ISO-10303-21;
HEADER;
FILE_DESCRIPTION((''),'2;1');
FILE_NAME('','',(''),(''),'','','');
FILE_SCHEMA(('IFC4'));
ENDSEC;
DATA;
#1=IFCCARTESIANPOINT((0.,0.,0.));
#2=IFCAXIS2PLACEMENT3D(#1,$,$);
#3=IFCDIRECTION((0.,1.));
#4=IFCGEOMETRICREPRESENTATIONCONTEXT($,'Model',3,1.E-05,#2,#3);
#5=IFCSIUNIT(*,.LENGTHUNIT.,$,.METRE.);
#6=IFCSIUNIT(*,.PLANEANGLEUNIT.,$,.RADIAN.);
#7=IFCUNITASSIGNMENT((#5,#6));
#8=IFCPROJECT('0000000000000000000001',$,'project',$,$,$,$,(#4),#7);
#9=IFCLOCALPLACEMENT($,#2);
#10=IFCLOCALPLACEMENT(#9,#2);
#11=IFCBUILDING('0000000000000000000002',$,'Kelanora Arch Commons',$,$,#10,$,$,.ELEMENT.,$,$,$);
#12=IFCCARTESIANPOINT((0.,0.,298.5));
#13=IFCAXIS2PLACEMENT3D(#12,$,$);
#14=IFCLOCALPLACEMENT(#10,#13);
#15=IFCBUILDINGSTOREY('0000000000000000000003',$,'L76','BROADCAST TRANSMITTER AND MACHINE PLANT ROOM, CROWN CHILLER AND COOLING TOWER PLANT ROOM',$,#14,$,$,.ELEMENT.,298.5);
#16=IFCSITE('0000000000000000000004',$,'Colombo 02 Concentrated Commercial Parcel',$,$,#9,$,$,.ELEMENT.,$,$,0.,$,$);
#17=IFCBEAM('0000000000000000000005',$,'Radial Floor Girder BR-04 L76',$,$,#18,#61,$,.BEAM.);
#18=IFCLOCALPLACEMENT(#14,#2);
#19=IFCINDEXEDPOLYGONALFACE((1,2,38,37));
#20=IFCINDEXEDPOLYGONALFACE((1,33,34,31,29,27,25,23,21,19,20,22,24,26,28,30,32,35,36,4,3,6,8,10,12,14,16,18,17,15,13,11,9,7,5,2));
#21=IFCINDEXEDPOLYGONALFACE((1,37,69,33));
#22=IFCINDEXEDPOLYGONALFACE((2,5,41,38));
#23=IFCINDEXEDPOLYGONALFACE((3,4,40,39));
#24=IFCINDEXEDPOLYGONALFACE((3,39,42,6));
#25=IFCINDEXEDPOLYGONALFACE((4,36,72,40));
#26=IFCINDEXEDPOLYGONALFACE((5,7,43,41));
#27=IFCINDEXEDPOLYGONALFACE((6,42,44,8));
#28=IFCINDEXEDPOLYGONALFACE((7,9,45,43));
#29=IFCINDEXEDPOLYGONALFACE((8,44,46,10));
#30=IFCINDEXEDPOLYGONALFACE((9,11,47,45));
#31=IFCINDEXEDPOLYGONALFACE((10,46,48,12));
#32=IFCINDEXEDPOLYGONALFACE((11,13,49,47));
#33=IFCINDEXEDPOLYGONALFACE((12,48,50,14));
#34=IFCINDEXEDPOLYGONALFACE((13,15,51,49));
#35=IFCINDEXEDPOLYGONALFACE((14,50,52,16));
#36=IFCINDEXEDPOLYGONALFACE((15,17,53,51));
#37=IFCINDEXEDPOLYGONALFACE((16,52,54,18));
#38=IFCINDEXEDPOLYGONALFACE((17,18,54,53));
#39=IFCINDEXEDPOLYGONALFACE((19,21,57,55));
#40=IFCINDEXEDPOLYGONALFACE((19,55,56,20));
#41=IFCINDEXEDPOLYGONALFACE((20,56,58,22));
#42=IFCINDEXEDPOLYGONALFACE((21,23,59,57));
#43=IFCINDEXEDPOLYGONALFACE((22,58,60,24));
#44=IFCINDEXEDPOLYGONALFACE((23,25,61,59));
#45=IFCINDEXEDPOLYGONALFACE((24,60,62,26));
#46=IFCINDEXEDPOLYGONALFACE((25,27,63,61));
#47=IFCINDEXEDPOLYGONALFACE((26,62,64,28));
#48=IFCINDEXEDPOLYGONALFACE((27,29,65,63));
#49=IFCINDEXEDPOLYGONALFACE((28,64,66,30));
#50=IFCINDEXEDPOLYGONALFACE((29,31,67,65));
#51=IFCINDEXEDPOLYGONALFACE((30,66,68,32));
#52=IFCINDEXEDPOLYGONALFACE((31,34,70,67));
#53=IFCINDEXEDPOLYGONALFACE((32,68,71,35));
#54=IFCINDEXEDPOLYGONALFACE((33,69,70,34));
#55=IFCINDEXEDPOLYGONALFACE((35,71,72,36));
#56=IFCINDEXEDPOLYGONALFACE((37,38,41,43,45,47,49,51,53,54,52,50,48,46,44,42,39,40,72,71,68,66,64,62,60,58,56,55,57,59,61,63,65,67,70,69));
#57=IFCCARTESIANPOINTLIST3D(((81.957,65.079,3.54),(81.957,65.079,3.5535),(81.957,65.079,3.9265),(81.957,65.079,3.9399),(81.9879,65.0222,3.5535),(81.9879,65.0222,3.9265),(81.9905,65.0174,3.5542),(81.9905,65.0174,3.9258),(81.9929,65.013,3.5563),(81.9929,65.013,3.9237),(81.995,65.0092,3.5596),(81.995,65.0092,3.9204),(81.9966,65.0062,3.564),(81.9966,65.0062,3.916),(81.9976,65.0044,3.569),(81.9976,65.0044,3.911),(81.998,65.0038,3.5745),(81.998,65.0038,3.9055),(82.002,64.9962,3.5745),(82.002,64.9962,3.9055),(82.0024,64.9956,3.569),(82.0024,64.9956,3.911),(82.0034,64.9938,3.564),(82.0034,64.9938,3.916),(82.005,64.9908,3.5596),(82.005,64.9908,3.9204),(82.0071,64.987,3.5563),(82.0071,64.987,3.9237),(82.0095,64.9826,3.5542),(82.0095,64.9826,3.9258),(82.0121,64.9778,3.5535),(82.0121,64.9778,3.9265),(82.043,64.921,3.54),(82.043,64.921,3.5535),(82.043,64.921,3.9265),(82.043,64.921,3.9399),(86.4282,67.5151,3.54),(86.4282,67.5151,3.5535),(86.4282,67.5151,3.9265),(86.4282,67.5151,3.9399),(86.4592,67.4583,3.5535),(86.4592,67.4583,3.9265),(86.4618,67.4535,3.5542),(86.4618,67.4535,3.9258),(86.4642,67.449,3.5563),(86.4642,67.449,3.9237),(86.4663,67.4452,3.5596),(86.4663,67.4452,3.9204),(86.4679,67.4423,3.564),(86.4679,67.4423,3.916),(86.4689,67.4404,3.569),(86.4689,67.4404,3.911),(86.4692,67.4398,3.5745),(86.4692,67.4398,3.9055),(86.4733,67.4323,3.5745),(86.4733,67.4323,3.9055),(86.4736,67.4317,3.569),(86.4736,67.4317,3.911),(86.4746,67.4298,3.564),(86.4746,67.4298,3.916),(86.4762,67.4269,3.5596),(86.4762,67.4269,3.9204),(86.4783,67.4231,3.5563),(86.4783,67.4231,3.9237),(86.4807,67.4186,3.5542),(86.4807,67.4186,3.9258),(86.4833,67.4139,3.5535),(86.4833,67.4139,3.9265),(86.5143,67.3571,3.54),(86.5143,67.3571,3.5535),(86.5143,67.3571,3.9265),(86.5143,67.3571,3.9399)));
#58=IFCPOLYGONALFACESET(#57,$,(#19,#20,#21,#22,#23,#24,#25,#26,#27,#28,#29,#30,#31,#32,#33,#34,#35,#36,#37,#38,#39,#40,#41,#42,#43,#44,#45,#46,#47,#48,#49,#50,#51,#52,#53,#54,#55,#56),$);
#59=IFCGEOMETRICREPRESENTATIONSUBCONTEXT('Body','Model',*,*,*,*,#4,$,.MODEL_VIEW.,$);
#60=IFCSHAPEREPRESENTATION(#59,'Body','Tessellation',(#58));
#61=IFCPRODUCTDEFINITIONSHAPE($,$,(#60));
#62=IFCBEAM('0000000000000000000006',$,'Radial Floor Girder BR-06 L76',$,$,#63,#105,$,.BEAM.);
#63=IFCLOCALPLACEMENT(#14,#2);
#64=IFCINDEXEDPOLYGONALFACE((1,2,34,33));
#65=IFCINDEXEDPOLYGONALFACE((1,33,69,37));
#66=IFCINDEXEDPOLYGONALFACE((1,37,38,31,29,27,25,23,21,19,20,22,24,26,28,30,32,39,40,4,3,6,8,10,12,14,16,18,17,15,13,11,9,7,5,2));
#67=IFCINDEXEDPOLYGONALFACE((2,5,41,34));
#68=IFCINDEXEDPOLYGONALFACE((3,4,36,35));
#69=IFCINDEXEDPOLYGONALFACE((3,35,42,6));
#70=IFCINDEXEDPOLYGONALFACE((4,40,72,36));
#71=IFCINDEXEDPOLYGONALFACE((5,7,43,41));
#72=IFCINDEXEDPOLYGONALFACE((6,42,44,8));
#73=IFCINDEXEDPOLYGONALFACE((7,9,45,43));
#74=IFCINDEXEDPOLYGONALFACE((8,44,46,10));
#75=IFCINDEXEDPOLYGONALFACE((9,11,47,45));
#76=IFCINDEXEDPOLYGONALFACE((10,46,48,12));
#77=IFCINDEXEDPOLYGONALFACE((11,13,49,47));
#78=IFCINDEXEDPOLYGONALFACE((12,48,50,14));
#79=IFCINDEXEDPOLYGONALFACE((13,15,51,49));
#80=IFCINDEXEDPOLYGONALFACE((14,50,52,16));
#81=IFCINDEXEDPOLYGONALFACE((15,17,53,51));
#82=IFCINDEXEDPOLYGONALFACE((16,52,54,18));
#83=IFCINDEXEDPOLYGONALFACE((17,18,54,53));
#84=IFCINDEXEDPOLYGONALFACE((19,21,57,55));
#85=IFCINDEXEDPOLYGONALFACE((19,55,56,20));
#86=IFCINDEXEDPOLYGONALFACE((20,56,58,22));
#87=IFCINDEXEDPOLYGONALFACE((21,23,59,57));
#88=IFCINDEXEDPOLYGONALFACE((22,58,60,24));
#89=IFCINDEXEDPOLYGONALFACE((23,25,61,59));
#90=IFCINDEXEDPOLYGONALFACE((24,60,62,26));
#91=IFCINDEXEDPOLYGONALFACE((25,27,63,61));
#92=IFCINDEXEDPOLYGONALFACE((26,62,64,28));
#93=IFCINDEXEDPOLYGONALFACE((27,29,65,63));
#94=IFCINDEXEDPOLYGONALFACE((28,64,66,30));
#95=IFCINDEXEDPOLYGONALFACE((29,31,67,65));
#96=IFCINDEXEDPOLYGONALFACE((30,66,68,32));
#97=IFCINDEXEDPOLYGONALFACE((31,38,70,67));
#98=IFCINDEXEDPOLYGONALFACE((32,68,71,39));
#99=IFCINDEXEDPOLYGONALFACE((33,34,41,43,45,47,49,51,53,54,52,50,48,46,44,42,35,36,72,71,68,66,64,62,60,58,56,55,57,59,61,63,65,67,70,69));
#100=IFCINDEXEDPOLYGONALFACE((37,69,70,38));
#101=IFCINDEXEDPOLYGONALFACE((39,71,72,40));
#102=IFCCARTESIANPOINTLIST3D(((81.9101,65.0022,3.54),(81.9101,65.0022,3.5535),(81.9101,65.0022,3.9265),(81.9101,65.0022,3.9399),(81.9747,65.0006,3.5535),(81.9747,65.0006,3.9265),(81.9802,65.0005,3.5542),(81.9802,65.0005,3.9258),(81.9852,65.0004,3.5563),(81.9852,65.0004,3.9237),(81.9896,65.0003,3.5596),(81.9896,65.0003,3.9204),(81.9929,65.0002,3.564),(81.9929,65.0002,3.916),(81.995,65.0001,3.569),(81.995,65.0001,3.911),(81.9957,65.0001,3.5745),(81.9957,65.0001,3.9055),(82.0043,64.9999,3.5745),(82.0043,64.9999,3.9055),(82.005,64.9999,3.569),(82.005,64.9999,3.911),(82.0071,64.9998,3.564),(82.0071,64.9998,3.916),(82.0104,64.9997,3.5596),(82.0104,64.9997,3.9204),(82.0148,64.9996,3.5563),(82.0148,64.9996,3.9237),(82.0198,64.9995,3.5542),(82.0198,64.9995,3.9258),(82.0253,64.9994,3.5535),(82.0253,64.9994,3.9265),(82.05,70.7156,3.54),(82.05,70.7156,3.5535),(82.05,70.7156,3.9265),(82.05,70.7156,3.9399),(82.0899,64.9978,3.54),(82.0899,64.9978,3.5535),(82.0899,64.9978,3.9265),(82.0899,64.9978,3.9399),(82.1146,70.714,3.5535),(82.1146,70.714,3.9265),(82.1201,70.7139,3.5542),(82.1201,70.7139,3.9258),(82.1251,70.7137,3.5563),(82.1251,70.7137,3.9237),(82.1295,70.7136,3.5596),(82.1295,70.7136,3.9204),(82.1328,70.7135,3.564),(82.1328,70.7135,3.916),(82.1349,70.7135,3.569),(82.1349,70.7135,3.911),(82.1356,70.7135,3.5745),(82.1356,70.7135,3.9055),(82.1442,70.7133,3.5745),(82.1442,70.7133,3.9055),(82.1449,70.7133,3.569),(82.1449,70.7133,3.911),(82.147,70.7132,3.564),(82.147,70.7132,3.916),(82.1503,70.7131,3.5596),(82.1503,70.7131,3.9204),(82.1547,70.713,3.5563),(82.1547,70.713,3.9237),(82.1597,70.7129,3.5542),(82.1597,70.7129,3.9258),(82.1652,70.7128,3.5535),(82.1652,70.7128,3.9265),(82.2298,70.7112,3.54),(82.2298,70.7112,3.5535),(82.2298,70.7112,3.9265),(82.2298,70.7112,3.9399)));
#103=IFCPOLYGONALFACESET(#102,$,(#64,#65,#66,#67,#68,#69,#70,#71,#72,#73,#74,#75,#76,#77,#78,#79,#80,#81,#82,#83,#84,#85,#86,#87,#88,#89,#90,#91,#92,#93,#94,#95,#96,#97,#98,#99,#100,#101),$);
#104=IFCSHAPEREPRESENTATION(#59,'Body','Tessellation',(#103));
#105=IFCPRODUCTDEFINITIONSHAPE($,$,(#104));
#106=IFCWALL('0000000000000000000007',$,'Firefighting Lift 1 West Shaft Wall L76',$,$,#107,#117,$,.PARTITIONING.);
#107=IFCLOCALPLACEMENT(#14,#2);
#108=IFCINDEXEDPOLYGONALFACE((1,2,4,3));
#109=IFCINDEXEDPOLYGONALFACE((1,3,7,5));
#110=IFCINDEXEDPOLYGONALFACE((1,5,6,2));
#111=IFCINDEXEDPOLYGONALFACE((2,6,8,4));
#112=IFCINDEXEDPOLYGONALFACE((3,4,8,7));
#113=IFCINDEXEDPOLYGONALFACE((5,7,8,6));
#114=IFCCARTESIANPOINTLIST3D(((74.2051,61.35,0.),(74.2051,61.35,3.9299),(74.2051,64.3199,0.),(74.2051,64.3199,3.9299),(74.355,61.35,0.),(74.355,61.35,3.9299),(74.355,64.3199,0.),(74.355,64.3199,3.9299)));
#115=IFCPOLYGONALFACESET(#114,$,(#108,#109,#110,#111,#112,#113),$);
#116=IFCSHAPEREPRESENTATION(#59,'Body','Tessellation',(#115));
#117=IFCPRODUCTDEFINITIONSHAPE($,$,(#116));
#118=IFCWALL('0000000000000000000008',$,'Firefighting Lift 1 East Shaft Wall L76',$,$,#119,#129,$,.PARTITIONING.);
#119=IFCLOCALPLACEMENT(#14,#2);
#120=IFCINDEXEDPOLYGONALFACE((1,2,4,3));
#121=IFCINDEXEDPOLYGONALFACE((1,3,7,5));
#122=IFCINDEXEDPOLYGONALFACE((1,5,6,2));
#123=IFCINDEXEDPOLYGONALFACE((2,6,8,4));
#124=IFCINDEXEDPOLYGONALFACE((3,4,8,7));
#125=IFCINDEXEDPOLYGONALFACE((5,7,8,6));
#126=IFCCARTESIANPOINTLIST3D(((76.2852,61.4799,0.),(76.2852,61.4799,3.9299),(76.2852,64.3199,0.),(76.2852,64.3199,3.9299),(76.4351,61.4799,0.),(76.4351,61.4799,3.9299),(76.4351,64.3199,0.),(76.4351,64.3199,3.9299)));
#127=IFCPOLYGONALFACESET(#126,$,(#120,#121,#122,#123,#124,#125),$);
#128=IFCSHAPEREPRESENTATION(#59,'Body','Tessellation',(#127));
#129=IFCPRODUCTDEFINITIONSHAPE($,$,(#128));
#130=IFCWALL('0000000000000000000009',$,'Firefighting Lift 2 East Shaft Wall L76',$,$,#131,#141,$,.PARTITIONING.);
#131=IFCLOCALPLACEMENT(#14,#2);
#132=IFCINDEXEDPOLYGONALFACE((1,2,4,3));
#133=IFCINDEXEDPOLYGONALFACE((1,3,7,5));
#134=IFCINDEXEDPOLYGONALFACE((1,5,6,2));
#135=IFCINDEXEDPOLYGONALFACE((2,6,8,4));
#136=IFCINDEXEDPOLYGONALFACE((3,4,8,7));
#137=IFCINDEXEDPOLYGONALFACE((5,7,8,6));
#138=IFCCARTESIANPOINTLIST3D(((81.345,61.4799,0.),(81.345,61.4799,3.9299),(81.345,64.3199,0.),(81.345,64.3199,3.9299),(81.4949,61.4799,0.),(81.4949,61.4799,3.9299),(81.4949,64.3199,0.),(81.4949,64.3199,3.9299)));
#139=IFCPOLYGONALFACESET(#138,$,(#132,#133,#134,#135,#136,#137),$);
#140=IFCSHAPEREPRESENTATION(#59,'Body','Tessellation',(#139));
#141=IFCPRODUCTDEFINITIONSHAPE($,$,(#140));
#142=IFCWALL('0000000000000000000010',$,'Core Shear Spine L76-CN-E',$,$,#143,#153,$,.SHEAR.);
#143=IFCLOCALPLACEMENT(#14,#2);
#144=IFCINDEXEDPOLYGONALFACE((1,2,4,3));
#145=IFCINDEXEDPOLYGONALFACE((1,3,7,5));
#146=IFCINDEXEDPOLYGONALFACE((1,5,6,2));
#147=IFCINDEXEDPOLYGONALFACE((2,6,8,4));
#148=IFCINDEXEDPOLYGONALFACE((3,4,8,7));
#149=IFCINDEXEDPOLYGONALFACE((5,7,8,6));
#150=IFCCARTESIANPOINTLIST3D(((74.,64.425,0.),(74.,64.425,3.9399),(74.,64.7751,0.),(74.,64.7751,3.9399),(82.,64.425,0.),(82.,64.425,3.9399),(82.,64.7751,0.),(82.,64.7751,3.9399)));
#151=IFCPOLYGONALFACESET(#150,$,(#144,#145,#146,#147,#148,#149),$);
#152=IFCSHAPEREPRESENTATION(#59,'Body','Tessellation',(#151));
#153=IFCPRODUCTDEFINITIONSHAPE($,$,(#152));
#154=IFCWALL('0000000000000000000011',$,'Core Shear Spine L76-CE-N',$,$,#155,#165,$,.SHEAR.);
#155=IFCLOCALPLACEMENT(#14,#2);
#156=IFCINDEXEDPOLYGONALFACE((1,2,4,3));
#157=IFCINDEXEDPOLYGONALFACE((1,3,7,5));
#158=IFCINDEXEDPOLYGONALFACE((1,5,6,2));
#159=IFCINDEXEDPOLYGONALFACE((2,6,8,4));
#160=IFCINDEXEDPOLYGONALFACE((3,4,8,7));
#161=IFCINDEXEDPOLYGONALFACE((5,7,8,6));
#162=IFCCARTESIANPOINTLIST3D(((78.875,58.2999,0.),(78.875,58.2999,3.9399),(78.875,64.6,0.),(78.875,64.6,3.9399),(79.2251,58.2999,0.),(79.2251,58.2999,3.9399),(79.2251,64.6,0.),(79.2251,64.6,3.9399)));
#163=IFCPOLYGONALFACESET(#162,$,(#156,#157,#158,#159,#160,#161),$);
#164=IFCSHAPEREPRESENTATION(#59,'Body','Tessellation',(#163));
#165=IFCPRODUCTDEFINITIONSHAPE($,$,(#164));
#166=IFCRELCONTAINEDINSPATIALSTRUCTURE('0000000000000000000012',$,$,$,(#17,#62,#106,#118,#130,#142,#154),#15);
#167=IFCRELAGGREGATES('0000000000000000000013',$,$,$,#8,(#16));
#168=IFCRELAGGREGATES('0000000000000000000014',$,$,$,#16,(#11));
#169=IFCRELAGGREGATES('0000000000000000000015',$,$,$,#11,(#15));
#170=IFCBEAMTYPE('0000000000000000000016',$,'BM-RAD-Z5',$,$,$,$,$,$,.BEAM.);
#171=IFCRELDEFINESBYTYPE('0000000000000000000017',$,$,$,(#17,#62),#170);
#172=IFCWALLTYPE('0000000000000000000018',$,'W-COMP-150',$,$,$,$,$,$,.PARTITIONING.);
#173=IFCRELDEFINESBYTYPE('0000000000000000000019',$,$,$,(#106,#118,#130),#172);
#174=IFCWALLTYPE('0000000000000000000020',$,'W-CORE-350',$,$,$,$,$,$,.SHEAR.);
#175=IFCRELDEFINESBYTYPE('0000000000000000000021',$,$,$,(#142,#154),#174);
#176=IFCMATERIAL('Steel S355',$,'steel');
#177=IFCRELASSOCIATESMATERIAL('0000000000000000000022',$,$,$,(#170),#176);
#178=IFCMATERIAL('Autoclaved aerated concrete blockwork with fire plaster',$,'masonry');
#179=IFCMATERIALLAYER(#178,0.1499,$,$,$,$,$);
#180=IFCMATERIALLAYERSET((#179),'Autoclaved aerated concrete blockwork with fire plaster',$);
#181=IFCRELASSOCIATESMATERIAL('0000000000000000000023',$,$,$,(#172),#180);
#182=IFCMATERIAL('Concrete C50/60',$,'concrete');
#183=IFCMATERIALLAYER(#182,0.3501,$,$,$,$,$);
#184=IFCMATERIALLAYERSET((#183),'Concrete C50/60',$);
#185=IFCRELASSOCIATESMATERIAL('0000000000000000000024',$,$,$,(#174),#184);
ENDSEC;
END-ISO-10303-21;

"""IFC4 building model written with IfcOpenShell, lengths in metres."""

from ifc_helpers import new_model, si_unit, direction, frame, frame_2d, origin, origin_2d, place, context, subcontext, project, spatial, rectangle, i_section, extrude, material, layer, layer_set, material_profile, profile_set, type_object, element, save


model = new_model("IFC4")

# Units and contexts
model_context = context("Model", 3, precision=1e-05, world=origin(), true_north=direction((0.0, 1.0)))
body_context = subcontext(model_context, "Body", "Model", "MODEL_VIEW")
ifc_project = project(units=[si_unit("LENGTHUNIT", "METRE"), si_unit("PLANEANGLEUNIT", "RADIAN")], contexts=[model_context])

# Site, building, storey
site_placement = place(None, origin())
site = spatial("IfcSite", under=ifc_project, at=site_placement, Name="Colombo 02 Concentrated Commercial Parcel", CompositionType="ELEMENT", RefElevation=0.0)
building_placement = place(site_placement, origin())
building = spatial("IfcBuilding", under=site, at=building_placement, Name="Kelanora Arch Commons", CompositionType="ELEMENT")
storey_placement = place(building_placement, frame((0.0, 0.0, 298.5)))
storey = spatial("IfcBuildingStorey", under=building, at=storey_placement, Name="L76", Description="BROADCAST TRANSMITTER AND MACHINE PLANT ROOM, CROWN CHILLER AND COOLING TOWER PLANT ROOM", CompositionType="ELEMENT", Elevation=298.5)

# Shared definitions
ifc_material_1 = material(Name="Concrete C50/60", Category="concrete")

# Beams
ifc_material_2 = material(Name="Steel S355", Category="steel")
ifc_material_profile_1 = material_profile(ifc_material_2, i_section(OverallWidth=0.1799, OverallDepth=0.3999, WebThickness=0.0085, FlangeThickness=0.0134, FilletRadius=0.021, at=origin_2d()), Name="IPE400")
ifc_profile_set_1 = profile_set([ifc_material_profile_1], Name="Steel S355")
beam_type_1 = type_object("IfcBeamType", Name="BM-RAD-Z5", PredefinedType="BEAM", material=ifc_profile_set_1)
beam_1_placement = place(storey_placement, frame((82.0, 65.0, 3.74), z_axis=(0.878126, 0.478429, 0.0), x_axis=(-0.478429, 0.878126, 0.0)))
element("IfcBeam", 1, at=beam_1_placement, inside=storey, type_object=beam_type_1, Name="Radial Floor Girder BR-04 L76", PredefinedType="BEAM", context=body_context, shape_type="SweptSolid", body=[
    extrude(i_section(OverallWidth=0.1799, OverallDepth=0.3999, WebThickness=0.0085, FlangeThickness=0.0134, FilletRadius=0.021, at=origin_2d()), origin(), (0.0, 0.0, 1.0), 5.0918),
])
beam_2_placement = place(storey_placement, frame((82.0, 65.0, 3.74), z_axis=(0.024478, 0.9997, 0.0), x_axis=(-0.9997, 0.024478, 0.0)))
element("IfcBeam", 2, at=beam_2_placement, inside=storey, type_object=beam_type_1, Name="Radial Floor Girder BR-06 L76", PredefinedType="BEAM", context=body_context, shape_type="SweptSolid", body=[
    extrude(i_section(OverallWidth=0.1799, OverallDepth=0.3999, WebThickness=0.0085, FlangeThickness=0.0134, FilletRadius=0.021, at=origin_2d()), origin(), (0.0, 0.0, 1.0), 5.7151),
])

# Walls
ifc_material_3 = material(Name="Autoclaved aerated concrete blockwork with fire plaster", Category="masonry")
ifc_layer_1 = layer(ifc_material_3, 0.1499)
ifc_layer_set_1 = layer_set([ifc_layer_1], Name="Autoclaved aerated concrete blockwork with fire plaster")
wall_type_1 = type_object("IfcWallType", Name="W-COMP-150", PredefinedType="PARTITIONING", material=ifc_layer_set_1)
wall_1_placement = place(storey_placement, frame((74.28, 61.3501, 0.0), z_axis=(0.0, 0.0, 1.0), x_axis=(0.0, 1.0, 0.0)))
element("IfcWall", 3, at=wall_1_placement, inside=storey, type_object=wall_type_1, Name="Firefighting Lift 1 West Shaft Wall L76", PredefinedType="PARTITIONING", context=body_context, shape_type="SweptSolid", body=[
    extrude(rectangle(XDim=2.97, YDim=0.1499, at=frame_2d((1.4849, 0.0))), origin(), (0.0, 0.0, 1.0), 3.9299),
])
for number, where, z_axis, x_axis, name in (
    (4, (76.3601, 61.48, 0.0), (0.0, 0.0, 1.0), (0.0, 1.0, 0.0), "Firefighting Lift 1 East Shaft Wall L76"),
    (5, (81.4199, 61.48, 0.0), (0.0, 0.0, 1.0), (0.0, 1.0, 0.0), "Firefighting Lift 2 East Shaft Wall L76"),
):
    element("IfcWall", number, at=place(storey_placement, frame(where, z_axis=z_axis, x_axis=x_axis)), inside=storey, type_object=wall_type_1, Name=name, PredefinedType="PARTITIONING", context=body_context, shape_type="SweptSolid", body=[
        extrude(rectangle(XDim=2.8401, YDim=0.1499, at=frame_2d((1.4199, 0.0))), origin(), (0.0, 0.0, 1.0), 3.9299),
    ])
ifc_layer_2 = layer(ifc_material_1, 0.3501)
ifc_layer_set_2 = layer_set([ifc_layer_2], Name="Concrete C50/60")
wall_type_2 = type_object("IfcWallType", Name="W-CORE-350", PredefinedType="SHEAR", material=ifc_layer_set_2)
wall_2_placement = place(storey_placement, frame((74.0, 64.6001, 0.0), z_axis=(0.0, 0.0, 1.0), x_axis=(1.0, 0.0, 0.0)))
element("IfcWall", 6, at=wall_2_placement, inside=storey, type_object=wall_type_2, Name="Core Shear Spine L76-CN-E", PredefinedType="SHEAR", context=body_context, shape_type="SweptSolid", body=[
    extrude(rectangle(XDim=8.0, YDim=0.3501, at=frame_2d((4.0, 0.0))), origin(), (0.0, 0.0, 1.0), 3.9399),
])
wall_3_placement = place(storey_placement, frame((79.05, 58.3, 0.0), z_axis=(0.0, 0.0, 1.0), x_axis=(0.0, 1.0, 0.0)))
element("IfcWall", 7, at=wall_3_placement, inside=storey, type_object=wall_type_2, Name="Core Shear Spine L76-CE-N", PredefinedType="SHEAR", context=body_context, shape_type="SweptSolid", body=[
    extrude(rectangle(XDim=6.3, YDim=0.3501, at=frame_2d((3.1499, 0.0))), origin(), (0.0, 0.0, 1.0), 3.9399),
])

save(model, "model.ifc")
